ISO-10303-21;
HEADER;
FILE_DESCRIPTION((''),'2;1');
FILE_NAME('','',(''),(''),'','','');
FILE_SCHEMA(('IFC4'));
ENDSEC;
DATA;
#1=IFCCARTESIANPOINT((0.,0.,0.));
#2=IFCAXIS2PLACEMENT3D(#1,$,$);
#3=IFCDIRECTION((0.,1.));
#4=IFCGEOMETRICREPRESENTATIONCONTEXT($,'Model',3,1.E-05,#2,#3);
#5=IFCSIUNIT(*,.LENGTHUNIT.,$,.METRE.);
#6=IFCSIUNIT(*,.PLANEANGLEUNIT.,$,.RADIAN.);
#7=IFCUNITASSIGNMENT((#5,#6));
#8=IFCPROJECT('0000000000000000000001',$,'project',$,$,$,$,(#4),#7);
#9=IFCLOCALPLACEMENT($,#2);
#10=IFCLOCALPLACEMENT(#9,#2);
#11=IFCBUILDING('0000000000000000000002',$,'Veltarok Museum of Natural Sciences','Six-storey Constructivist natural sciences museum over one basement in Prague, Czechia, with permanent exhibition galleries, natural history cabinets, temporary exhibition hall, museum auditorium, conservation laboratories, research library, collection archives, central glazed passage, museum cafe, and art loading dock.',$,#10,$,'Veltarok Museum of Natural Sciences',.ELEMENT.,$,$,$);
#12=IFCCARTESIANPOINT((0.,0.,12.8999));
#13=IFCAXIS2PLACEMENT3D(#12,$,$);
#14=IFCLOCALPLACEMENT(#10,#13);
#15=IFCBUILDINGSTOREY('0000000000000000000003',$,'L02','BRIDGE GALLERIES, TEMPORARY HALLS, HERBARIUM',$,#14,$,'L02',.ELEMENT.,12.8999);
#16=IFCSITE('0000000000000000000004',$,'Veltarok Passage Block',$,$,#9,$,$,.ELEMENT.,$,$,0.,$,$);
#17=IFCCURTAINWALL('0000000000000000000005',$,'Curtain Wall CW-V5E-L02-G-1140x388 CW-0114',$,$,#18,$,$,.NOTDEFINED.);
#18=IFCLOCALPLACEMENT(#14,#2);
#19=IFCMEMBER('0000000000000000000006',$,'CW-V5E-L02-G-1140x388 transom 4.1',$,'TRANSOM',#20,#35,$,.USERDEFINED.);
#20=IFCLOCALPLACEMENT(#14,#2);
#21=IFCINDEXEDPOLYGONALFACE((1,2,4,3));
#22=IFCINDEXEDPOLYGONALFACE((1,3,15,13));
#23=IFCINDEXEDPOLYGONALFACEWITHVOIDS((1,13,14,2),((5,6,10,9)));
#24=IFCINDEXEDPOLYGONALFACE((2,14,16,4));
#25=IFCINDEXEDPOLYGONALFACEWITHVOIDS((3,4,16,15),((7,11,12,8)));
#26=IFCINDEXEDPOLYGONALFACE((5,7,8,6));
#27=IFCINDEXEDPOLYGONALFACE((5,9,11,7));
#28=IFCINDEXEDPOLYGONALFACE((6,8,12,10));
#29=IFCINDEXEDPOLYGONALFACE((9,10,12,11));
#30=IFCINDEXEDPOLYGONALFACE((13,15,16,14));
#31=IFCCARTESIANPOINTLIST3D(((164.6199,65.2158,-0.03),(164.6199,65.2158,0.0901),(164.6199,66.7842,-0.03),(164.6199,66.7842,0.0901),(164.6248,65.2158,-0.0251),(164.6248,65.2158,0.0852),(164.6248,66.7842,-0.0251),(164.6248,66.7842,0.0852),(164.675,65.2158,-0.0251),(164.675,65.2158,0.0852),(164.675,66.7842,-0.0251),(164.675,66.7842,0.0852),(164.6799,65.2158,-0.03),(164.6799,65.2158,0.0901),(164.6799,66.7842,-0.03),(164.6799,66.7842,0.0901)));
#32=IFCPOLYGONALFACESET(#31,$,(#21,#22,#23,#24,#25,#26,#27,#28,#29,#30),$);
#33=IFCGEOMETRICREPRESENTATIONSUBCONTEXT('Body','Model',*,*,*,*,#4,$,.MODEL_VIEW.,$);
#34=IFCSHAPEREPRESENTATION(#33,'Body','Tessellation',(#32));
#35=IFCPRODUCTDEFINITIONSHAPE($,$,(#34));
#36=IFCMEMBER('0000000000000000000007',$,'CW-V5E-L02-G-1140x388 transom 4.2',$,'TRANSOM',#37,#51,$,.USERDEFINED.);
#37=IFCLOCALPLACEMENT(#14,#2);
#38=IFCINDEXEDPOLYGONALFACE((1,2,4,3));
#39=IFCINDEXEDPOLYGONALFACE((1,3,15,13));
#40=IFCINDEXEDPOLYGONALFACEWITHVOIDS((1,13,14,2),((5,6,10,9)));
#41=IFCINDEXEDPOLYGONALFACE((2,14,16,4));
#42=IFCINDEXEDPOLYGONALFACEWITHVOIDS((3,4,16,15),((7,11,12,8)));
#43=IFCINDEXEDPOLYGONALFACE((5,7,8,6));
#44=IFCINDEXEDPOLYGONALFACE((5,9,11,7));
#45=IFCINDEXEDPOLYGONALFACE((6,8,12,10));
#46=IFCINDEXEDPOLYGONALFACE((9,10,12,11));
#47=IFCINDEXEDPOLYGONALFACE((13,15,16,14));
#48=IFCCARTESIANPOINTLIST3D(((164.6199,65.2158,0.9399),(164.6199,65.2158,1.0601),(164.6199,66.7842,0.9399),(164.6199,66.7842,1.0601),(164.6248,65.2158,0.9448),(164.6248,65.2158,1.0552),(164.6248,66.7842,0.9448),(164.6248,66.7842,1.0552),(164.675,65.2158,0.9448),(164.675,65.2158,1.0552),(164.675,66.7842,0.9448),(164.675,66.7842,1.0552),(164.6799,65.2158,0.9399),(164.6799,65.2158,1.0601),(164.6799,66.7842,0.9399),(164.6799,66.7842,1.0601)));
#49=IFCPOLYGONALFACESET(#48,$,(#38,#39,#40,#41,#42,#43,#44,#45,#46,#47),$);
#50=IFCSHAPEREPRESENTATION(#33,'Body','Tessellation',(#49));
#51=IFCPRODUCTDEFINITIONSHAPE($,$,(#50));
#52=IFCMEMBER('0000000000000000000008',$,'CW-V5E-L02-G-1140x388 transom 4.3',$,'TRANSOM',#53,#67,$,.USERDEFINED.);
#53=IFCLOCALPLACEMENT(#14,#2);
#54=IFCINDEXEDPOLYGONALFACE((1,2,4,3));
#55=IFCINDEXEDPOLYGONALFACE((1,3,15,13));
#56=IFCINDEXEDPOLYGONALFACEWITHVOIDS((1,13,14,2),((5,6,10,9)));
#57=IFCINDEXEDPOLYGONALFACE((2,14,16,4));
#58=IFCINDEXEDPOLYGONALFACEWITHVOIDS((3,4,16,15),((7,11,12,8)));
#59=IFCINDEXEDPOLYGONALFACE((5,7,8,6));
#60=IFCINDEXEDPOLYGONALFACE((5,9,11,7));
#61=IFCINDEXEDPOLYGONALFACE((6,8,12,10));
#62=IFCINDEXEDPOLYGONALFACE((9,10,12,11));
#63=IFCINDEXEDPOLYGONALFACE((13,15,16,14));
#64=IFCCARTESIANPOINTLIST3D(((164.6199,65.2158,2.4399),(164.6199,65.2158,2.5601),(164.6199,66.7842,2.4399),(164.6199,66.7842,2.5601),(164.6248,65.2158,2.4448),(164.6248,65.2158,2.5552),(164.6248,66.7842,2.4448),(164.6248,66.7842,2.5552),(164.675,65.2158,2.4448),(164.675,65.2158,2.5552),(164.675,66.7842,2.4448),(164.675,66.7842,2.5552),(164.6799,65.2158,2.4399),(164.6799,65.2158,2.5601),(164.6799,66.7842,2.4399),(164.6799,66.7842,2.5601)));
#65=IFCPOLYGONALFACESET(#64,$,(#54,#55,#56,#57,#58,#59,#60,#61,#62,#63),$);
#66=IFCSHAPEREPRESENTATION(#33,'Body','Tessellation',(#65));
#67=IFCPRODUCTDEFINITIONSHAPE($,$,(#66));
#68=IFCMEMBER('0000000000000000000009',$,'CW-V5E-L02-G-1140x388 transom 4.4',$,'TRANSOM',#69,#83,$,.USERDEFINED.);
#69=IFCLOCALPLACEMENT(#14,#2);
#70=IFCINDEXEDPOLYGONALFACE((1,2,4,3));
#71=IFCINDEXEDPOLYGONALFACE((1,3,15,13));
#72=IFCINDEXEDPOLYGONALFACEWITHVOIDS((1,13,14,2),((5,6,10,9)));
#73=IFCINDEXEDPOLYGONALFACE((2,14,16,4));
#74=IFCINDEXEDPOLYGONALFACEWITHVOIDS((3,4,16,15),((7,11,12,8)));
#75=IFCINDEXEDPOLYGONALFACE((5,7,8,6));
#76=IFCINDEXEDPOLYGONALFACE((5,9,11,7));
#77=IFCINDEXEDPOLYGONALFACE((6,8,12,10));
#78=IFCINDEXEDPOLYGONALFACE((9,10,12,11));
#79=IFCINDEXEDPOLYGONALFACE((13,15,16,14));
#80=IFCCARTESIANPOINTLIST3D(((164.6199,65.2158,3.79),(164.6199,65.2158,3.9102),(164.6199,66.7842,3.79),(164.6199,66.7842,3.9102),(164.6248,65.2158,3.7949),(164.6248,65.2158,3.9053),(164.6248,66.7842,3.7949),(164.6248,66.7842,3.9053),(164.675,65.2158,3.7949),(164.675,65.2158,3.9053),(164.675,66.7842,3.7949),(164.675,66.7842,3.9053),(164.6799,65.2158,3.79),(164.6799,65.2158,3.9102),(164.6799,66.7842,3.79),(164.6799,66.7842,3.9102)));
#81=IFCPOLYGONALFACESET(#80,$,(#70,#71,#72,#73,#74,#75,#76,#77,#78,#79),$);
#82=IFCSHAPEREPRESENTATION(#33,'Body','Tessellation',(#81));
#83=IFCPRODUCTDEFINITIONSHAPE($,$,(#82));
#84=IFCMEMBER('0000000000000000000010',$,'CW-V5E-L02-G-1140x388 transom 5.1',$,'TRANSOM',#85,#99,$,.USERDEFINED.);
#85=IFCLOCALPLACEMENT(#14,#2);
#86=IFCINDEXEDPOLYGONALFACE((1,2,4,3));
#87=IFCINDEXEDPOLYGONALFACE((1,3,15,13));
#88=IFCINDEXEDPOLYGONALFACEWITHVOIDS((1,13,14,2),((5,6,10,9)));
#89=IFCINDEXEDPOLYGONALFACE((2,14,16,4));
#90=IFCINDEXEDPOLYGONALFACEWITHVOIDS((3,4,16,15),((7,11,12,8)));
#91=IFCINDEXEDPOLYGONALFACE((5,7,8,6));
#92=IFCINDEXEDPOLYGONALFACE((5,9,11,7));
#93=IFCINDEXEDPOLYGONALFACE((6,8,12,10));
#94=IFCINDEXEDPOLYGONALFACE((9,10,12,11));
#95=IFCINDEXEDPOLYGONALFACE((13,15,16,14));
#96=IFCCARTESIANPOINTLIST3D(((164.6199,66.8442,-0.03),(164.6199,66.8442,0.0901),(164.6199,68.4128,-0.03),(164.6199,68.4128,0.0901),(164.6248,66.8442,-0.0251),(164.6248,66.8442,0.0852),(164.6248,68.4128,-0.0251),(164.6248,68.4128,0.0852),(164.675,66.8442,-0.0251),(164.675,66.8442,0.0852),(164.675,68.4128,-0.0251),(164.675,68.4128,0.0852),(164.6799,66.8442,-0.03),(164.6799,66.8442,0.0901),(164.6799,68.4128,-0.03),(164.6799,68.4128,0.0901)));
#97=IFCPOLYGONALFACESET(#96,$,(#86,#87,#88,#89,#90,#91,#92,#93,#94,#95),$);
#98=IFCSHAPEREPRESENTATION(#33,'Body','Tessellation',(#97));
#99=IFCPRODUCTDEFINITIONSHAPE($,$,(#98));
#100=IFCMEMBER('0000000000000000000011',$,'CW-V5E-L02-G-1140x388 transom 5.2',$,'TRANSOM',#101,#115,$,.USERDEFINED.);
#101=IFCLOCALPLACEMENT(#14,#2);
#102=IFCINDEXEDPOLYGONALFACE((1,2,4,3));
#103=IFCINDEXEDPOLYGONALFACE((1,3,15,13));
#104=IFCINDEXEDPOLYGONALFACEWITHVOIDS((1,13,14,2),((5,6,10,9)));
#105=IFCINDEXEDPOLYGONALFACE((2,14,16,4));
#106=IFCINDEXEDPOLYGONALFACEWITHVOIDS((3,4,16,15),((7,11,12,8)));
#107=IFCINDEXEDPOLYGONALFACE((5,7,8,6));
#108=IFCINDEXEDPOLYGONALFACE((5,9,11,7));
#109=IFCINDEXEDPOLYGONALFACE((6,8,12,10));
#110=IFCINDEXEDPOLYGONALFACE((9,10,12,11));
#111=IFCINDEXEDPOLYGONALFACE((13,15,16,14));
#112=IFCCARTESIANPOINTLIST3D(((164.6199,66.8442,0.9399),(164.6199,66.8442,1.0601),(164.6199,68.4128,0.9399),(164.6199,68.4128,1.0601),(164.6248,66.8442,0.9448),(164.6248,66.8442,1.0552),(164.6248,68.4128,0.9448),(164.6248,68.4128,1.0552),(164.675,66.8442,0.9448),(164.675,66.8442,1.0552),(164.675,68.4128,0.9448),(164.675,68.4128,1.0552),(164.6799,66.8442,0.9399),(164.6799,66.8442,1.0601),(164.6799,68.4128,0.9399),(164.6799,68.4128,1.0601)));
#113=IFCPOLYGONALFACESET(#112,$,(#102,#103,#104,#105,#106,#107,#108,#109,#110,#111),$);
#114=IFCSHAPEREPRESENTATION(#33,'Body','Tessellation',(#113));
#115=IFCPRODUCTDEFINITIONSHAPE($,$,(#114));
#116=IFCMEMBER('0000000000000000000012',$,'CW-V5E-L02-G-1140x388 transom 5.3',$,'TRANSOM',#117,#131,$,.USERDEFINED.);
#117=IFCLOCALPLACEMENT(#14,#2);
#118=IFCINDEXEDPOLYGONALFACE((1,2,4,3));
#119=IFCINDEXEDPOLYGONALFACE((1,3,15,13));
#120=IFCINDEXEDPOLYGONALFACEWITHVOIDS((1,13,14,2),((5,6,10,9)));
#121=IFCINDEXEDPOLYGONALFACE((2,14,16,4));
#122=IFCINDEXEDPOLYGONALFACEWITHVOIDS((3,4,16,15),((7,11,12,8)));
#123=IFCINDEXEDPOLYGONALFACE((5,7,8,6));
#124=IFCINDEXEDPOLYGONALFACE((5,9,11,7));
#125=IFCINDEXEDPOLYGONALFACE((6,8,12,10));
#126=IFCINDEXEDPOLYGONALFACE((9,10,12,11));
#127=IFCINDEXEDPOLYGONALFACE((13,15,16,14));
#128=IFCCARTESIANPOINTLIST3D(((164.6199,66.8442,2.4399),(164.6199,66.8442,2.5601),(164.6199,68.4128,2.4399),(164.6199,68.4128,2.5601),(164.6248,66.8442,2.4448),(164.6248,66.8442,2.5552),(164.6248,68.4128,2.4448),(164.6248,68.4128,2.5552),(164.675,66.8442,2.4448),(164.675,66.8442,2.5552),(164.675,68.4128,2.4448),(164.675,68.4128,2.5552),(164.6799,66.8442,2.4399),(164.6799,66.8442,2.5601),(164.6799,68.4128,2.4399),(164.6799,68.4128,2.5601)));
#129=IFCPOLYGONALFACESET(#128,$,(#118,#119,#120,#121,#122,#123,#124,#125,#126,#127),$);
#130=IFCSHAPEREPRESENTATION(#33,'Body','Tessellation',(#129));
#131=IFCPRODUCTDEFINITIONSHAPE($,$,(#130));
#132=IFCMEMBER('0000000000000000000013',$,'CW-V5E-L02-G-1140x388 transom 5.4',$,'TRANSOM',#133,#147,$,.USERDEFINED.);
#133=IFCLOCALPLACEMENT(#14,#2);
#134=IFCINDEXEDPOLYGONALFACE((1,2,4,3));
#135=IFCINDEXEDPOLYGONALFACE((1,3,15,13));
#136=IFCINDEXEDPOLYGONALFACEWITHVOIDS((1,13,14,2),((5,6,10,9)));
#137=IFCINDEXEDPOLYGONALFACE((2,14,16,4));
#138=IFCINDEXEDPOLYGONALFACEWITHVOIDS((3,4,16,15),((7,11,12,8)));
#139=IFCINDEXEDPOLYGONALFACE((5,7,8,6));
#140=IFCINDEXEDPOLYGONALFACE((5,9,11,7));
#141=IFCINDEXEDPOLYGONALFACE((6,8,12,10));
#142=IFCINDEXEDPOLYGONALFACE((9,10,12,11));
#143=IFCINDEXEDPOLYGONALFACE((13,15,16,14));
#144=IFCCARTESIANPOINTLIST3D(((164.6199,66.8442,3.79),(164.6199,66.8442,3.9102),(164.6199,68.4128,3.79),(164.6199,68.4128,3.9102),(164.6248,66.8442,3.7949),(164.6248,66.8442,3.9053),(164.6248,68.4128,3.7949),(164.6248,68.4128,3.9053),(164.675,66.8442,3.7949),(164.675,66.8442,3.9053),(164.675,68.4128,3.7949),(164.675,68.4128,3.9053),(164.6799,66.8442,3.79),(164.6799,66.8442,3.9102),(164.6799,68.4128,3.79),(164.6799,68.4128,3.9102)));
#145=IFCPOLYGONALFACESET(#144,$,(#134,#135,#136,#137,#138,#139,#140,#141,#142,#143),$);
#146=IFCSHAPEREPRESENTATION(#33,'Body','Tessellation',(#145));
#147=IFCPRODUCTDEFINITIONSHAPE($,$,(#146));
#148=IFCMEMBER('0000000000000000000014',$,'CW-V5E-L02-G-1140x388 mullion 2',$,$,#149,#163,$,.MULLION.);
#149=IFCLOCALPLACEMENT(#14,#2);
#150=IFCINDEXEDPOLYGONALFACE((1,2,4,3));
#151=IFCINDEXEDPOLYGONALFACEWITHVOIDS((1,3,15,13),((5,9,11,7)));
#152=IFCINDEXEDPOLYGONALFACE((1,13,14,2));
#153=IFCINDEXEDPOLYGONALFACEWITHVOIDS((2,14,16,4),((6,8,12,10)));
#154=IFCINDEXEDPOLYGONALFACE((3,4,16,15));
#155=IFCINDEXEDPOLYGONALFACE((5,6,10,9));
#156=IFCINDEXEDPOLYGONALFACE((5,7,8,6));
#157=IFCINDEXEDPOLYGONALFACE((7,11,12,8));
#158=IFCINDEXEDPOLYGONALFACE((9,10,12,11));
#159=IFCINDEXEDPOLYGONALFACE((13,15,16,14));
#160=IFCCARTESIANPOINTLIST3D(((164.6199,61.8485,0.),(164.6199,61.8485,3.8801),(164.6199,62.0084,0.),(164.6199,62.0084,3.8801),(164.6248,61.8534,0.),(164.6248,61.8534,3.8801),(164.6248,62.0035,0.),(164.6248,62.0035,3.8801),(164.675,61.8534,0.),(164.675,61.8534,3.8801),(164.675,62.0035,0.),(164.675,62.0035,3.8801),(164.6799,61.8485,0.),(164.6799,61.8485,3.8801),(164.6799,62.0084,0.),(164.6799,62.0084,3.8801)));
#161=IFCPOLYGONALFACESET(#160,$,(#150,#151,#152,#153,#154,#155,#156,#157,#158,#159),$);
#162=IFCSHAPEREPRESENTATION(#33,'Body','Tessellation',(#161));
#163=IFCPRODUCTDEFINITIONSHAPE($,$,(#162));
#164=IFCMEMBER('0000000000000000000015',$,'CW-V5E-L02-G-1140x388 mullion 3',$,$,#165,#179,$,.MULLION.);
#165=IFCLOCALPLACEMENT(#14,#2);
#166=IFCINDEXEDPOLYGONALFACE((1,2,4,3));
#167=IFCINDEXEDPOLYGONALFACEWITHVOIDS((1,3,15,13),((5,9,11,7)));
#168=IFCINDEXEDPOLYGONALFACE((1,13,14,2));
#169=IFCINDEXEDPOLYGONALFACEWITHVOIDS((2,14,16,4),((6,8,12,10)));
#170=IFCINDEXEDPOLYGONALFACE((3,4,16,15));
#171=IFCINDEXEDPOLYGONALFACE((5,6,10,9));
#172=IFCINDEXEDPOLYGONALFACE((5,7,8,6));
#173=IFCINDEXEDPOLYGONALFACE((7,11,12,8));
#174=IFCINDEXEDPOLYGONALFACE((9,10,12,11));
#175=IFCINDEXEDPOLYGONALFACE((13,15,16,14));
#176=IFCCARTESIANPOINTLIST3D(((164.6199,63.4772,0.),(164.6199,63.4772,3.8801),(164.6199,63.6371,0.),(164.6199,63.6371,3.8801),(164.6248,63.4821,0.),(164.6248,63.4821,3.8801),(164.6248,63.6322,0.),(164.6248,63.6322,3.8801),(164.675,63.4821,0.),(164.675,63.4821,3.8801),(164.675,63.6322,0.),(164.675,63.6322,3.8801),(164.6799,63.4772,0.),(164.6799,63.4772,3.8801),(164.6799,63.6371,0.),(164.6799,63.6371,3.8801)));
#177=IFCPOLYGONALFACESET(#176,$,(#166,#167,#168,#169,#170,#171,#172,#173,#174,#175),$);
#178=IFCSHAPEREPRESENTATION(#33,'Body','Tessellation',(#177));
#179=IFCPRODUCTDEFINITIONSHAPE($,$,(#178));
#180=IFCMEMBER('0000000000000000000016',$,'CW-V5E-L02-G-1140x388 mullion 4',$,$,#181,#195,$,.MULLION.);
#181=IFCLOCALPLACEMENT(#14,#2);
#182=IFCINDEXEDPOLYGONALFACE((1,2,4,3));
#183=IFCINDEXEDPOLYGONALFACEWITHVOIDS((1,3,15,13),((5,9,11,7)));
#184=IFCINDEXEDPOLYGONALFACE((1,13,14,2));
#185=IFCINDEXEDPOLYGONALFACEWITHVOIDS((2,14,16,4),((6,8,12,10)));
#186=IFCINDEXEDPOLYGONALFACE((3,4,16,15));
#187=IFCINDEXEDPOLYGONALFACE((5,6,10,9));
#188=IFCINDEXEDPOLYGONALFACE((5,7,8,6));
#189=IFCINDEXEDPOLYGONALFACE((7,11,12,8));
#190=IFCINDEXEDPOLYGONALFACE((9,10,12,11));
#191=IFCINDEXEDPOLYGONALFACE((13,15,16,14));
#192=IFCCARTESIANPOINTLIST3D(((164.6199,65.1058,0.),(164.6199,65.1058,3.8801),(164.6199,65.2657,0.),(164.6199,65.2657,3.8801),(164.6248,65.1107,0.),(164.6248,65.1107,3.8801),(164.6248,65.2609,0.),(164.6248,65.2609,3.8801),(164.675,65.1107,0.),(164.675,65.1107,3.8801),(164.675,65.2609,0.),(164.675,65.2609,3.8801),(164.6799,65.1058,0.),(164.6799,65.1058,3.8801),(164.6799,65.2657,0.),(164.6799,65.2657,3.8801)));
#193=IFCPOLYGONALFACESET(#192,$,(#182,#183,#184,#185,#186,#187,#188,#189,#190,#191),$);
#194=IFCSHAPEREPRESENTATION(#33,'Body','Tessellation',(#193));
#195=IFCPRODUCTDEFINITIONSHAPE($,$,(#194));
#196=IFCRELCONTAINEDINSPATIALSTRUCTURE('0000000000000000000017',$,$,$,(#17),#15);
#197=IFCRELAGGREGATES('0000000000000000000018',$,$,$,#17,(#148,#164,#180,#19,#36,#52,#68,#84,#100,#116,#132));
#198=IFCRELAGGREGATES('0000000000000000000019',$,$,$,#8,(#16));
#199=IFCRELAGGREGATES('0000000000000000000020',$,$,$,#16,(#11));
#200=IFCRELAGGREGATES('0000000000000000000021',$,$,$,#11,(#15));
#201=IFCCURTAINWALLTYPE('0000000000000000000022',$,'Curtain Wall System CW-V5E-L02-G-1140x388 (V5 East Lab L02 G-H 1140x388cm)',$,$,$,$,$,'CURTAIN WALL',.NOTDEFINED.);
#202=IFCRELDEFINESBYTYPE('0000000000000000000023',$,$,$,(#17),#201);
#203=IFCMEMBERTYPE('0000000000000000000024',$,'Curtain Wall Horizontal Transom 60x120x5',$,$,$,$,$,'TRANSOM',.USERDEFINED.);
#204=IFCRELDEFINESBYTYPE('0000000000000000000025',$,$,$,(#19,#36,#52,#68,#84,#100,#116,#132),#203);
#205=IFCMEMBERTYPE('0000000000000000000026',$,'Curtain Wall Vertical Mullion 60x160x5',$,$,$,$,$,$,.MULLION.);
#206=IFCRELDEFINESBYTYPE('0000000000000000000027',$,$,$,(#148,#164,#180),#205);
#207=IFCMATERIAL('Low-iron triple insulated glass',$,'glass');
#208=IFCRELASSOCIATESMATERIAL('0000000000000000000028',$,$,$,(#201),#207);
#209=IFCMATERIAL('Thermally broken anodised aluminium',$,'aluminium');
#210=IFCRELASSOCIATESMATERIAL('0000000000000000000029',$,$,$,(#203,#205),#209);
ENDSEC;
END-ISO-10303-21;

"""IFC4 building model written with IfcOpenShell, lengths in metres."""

from ifc_helpers import new_model, si_unit, direction, frame, origin, origin_2d, place, context, subcontext, project, spatial, hollow_rectangle, extrude, material, material_profile, profile_set, type_object, element, aggregate, save


model = new_model("IFC4")

# Units and contexts
model_context = context("Model", 3, precision=1e-05, world=origin(), true_north=direction((0.0, 1.0)))
body_context = subcontext(model_context, "Body", "Model", "MODEL_VIEW")
ifc_project = project(units=[si_unit("LENGTHUNIT", "METRE"), si_unit("PLANEANGLEUNIT", "RADIAN")], contexts=[model_context])

# Site, building, storey
site_placement = place(None, origin())
site = spatial("IfcSite", under=ifc_project, at=site_placement, Name="Veltarok Passage Block", CompositionType="ELEMENT", RefElevation=0.0)
building_placement = place(site_placement, origin())
building = spatial("IfcBuilding", under=site, at=building_placement, Name="Veltarok Museum of Natural Sciences", Description="Six-storey Constructivist natural sciences museum over one basement in Prague, Czechia, with permanent exhibition galleries, natural history cabinets, temporary exhibition hall, museum auditorium, conservation laboratories, research library, collection archives, central glazed passage, museum cafe, and art loading dock.", LongName="Veltarok Museum of Natural Sciences", CompositionType="ELEMENT")
storey_placement = place(building_placement, frame((0.0, 0.0, 12.8999)))
storey = spatial("IfcBuildingStorey", under=building, at=storey_placement, Name="L02", Description="BRIDGE GALLERIES, TEMPORARY HALLS, HERBARIUM", LongName="L02", CompositionType="ELEMENT", Elevation=12.8999)

# Curtain wall, members
ifc_material_1 = material(Name="Low-iron triple insulated glass", Category="glass")
curtain_wall_type = type_object("IfcCurtainWallType", Name="Curtain Wall System CW-V5E-L02-G-1140x388 (V5 East Lab L02 G-H 1140x388cm)", ElementType="CURTAIN WALL", PredefinedType="NOTDEFINED", material=ifc_material_1)
curtain_wall_placement = place(storey_placement, origin())
curtain_wall = element("IfcCurtainWall", 1, at=curtain_wall_placement, inside=storey, type_object=curtain_wall_type, Name="Curtain Wall CW-V5E-L02-G-1140x388 CW-0114", PredefinedType="NOTDEFINED")
ifc_material_2 = material(Name="Thermally broken anodised aluminium", Category="aluminium")
ifc_material_profile_1 = material_profile(ifc_material_2, hollow_rectangle(XDim=0.0601, YDim=0.1201, WallThickness=0.0049, at=origin_2d()), Name="CW TRANSOM 60x120x5")
ifc_profile_set_1 = profile_set([ifc_material_profile_1], Name="Thermally broken anodised aluminium")
member_type_1 = type_object("IfcMemberType", Name="Curtain Wall Horizontal Transom 60x120x5", ElementType="TRANSOM", PredefinedType="USERDEFINED", material=ifc_profile_set_1)
member_1_placement = place(storey_placement, frame((164.6499, 65.2158, 0.03), z_axis=(0.0, 1.0, 0.0), x_axis=(-1.0, 0.0, 0.0)))
member_1 = element("IfcMember", 2, at=member_1_placement, type_object=member_type_1, Name="CW-V5E-L02-G-1140x388 transom 4.1", ObjectType="TRANSOM", PredefinedType="USERDEFINED", context=body_context, shape_type="SweptSolid", body=[
    extrude(hollow_rectangle(XDim=0.0601, YDim=0.1201, WallThickness=0.0049, at=origin_2d()), origin(), (0.0, 0.0, 1.0), 1.5684),
])
member_2_placement = place(storey_placement, frame((164.6499, 65.2158, 1.0), z_axis=(0.0, 1.0, 0.0), x_axis=(-1.0, 0.0, 0.0)))
member_2 = element("IfcMember", 3, at=member_2_placement, type_object=member_type_1, Name="CW-V5E-L02-G-1140x388 transom 4.2", ObjectType="TRANSOM", PredefinedType="USERDEFINED", context=body_context, shape_type="SweptSolid", body=[
    extrude(hollow_rectangle(XDim=0.0601, YDim=0.1201, WallThickness=0.0049, at=origin_2d()), origin(), (0.0, 0.0, 1.0), 1.5684),
])
member_3_placement = place(storey_placement, frame((164.6499, 65.2158, 2.5), z_axis=(0.0, 1.0, 0.0), x_axis=(-1.0, 0.0, 0.0)))
member_3 = element("IfcMember", 4, at=member_3_placement, type_object=member_type_1, Name="CW-V5E-L02-G-1140x388 transom 4.3", ObjectType="TRANSOM", PredefinedType="USERDEFINED", context=body_context, shape_type="SweptSolid", body=[
    extrude(hollow_rectangle(XDim=0.0601, YDim=0.1201, WallThickness=0.0049, at=origin_2d()), origin(), (0.0, 0.0, 1.0), 1.5684),
])
member_4_placement = place(storey_placement, frame((164.6499, 65.2158, 3.8501), z_axis=(0.0, 1.0, 0.0), x_axis=(-1.0, 0.0, 0.0)))
member_4 = element("IfcMember", 5, at=member_4_placement, type_object=member_type_1, Name="CW-V5E-L02-G-1140x388 transom 4.4", ObjectType="TRANSOM", PredefinedType="USERDEFINED", context=body_context, shape_type="SweptSolid", body=[
    extrude(hollow_rectangle(XDim=0.0601, YDim=0.1201, WallThickness=0.0049, at=origin_2d()), origin(), (0.0, 0.0, 1.0), 1.5684),
])
member_5_placement = place(storey_placement, frame((164.6499, 66.8442, 0.03), z_axis=(0.0, 1.0, 0.0), x_axis=(-1.0, 0.0, 0.0)))
member_5 = element("IfcMember", 6, at=member_5_placement, type_object=member_type_1, Name="CW-V5E-L02-G-1140x388 transom 5.1", ObjectType="TRANSOM", PredefinedType="USERDEFINED", context=body_context, shape_type="SweptSolid", body=[
    extrude(hollow_rectangle(XDim=0.0601, YDim=0.1201, WallThickness=0.0049, at=origin_2d()), origin(), (0.0, 0.0, 1.0), 1.5686),
])
member_6_placement = place(storey_placement, frame((164.6499, 66.8442, 1.0), z_axis=(0.0, 1.0, 0.0), x_axis=(-1.0, 0.0, 0.0)))
member_6 = element("IfcMember", 7, at=member_6_placement, type_object=member_type_1, Name="CW-V5E-L02-G-1140x388 transom 5.2", ObjectType="TRANSOM", PredefinedType="USERDEFINED", context=body_context, shape_type="SweptSolid", body=[
    extrude(hollow_rectangle(XDim=0.0601, YDim=0.1201, WallThickness=0.0049, at=origin_2d()), origin(), (0.0, 0.0, 1.0), 1.5686),
])
member_7_placement = place(storey_placement, frame((164.6499, 66.8442, 2.5), z_axis=(0.0, 1.0, 0.0), x_axis=(-1.0, 0.0, 0.0)))
member_7 = element("IfcMember", 8, at=member_7_placement, type_object=member_type_1, Name="CW-V5E-L02-G-1140x388 transom 5.3", ObjectType="TRANSOM", PredefinedType="USERDEFINED", context=body_context, shape_type="SweptSolid", body=[
    extrude(hollow_rectangle(XDim=0.0601, YDim=0.1201, WallThickness=0.0049, at=origin_2d()), origin(), (0.0, 0.0, 1.0), 1.5686),
])
member_8_placement = place(storey_placement, frame((164.6499, 66.8442, 3.8501), z_axis=(0.0, 1.0, 0.0), x_axis=(-1.0, 0.0, 0.0)))
member_8 = element("IfcMember", 9, at=member_8_placement, type_object=member_type_1, Name="CW-V5E-L02-G-1140x388 transom 5.4", ObjectType="TRANSOM", PredefinedType="USERDEFINED", context=body_context, shape_type="SweptSolid", body=[
    extrude(hollow_rectangle(XDim=0.0601, YDim=0.1201, WallThickness=0.0049, at=origin_2d()), origin(), (0.0, 0.0, 1.0), 1.5686),
])
ifc_material_profile_2 = material_profile(ifc_material_2, hollow_rectangle(XDim=0.0601, YDim=0.1599, WallThickness=0.0049, at=origin_2d()), Name="CW MULLION 60x160x5")
ifc_profile_set_2 = profile_set([ifc_material_profile_2], Name="Thermally broken anodised aluminium")
member_type_2 = type_object("IfcMemberType", Name="Curtain Wall Vertical Mullion 60x160x5", PredefinedType="MULLION", material=ifc_profile_set_2)
member_9_placement = place(storey_placement, frame((164.6499, 61.9285, 0.0), z_axis=(0.0, 0.0, 1.0), x_axis=(-1.0, 0.0, 0.0)))
member_9 = element("IfcMember", 10, at=member_9_placement, type_object=member_type_2, Name="CW-V5E-L02-G-1140x388 mullion 2", PredefinedType="MULLION", context=body_context, shape_type="SweptSolid", body=[
    extrude(hollow_rectangle(XDim=0.0601, YDim=0.1599, WallThickness=0.0049, at=origin_2d()), origin(), (0.0, 0.0, 1.0), 3.8801),
])
member_10_placement = place(storey_placement, frame((164.6499, 63.5571, 0.0), z_axis=(0.0, 0.0, 1.0), x_axis=(-1.0, 0.0, 0.0)))
member_10 = element("IfcMember", 11, at=member_10_placement, type_object=member_type_2, Name="CW-V5E-L02-G-1140x388 mullion 3", PredefinedType="MULLION", context=body_context, shape_type="SweptSolid", body=[
    extrude(hollow_rectangle(XDim=0.0601, YDim=0.1599, WallThickness=0.0049, at=origin_2d()), origin(), (0.0, 0.0, 1.0), 3.8801),
])
member_11_placement = place(storey_placement, frame((164.6499, 65.1858, 0.0), z_axis=(0.0, 0.0, 1.0), x_axis=(-1.0, 0.0, 0.0)))
member_11 = element("IfcMember", 12, at=member_11_placement, type_object=member_type_2, Name="CW-V5E-L02-G-1140x388 mullion 4", PredefinedType="MULLION", context=body_context, shape_type="SweptSolid", body=[
    extrude(hollow_rectangle(XDim=0.0601, YDim=0.1599, WallThickness=0.0049, at=origin_2d()), origin(), (0.0, 0.0, 1.0), 3.8801),
])
aggregate(curtain_wall, [member_9, member_10, member_11, member_1, member_2, member_3, member_4, member_5, member_6, member_7, member_8])

save(model, "model.ifc")
